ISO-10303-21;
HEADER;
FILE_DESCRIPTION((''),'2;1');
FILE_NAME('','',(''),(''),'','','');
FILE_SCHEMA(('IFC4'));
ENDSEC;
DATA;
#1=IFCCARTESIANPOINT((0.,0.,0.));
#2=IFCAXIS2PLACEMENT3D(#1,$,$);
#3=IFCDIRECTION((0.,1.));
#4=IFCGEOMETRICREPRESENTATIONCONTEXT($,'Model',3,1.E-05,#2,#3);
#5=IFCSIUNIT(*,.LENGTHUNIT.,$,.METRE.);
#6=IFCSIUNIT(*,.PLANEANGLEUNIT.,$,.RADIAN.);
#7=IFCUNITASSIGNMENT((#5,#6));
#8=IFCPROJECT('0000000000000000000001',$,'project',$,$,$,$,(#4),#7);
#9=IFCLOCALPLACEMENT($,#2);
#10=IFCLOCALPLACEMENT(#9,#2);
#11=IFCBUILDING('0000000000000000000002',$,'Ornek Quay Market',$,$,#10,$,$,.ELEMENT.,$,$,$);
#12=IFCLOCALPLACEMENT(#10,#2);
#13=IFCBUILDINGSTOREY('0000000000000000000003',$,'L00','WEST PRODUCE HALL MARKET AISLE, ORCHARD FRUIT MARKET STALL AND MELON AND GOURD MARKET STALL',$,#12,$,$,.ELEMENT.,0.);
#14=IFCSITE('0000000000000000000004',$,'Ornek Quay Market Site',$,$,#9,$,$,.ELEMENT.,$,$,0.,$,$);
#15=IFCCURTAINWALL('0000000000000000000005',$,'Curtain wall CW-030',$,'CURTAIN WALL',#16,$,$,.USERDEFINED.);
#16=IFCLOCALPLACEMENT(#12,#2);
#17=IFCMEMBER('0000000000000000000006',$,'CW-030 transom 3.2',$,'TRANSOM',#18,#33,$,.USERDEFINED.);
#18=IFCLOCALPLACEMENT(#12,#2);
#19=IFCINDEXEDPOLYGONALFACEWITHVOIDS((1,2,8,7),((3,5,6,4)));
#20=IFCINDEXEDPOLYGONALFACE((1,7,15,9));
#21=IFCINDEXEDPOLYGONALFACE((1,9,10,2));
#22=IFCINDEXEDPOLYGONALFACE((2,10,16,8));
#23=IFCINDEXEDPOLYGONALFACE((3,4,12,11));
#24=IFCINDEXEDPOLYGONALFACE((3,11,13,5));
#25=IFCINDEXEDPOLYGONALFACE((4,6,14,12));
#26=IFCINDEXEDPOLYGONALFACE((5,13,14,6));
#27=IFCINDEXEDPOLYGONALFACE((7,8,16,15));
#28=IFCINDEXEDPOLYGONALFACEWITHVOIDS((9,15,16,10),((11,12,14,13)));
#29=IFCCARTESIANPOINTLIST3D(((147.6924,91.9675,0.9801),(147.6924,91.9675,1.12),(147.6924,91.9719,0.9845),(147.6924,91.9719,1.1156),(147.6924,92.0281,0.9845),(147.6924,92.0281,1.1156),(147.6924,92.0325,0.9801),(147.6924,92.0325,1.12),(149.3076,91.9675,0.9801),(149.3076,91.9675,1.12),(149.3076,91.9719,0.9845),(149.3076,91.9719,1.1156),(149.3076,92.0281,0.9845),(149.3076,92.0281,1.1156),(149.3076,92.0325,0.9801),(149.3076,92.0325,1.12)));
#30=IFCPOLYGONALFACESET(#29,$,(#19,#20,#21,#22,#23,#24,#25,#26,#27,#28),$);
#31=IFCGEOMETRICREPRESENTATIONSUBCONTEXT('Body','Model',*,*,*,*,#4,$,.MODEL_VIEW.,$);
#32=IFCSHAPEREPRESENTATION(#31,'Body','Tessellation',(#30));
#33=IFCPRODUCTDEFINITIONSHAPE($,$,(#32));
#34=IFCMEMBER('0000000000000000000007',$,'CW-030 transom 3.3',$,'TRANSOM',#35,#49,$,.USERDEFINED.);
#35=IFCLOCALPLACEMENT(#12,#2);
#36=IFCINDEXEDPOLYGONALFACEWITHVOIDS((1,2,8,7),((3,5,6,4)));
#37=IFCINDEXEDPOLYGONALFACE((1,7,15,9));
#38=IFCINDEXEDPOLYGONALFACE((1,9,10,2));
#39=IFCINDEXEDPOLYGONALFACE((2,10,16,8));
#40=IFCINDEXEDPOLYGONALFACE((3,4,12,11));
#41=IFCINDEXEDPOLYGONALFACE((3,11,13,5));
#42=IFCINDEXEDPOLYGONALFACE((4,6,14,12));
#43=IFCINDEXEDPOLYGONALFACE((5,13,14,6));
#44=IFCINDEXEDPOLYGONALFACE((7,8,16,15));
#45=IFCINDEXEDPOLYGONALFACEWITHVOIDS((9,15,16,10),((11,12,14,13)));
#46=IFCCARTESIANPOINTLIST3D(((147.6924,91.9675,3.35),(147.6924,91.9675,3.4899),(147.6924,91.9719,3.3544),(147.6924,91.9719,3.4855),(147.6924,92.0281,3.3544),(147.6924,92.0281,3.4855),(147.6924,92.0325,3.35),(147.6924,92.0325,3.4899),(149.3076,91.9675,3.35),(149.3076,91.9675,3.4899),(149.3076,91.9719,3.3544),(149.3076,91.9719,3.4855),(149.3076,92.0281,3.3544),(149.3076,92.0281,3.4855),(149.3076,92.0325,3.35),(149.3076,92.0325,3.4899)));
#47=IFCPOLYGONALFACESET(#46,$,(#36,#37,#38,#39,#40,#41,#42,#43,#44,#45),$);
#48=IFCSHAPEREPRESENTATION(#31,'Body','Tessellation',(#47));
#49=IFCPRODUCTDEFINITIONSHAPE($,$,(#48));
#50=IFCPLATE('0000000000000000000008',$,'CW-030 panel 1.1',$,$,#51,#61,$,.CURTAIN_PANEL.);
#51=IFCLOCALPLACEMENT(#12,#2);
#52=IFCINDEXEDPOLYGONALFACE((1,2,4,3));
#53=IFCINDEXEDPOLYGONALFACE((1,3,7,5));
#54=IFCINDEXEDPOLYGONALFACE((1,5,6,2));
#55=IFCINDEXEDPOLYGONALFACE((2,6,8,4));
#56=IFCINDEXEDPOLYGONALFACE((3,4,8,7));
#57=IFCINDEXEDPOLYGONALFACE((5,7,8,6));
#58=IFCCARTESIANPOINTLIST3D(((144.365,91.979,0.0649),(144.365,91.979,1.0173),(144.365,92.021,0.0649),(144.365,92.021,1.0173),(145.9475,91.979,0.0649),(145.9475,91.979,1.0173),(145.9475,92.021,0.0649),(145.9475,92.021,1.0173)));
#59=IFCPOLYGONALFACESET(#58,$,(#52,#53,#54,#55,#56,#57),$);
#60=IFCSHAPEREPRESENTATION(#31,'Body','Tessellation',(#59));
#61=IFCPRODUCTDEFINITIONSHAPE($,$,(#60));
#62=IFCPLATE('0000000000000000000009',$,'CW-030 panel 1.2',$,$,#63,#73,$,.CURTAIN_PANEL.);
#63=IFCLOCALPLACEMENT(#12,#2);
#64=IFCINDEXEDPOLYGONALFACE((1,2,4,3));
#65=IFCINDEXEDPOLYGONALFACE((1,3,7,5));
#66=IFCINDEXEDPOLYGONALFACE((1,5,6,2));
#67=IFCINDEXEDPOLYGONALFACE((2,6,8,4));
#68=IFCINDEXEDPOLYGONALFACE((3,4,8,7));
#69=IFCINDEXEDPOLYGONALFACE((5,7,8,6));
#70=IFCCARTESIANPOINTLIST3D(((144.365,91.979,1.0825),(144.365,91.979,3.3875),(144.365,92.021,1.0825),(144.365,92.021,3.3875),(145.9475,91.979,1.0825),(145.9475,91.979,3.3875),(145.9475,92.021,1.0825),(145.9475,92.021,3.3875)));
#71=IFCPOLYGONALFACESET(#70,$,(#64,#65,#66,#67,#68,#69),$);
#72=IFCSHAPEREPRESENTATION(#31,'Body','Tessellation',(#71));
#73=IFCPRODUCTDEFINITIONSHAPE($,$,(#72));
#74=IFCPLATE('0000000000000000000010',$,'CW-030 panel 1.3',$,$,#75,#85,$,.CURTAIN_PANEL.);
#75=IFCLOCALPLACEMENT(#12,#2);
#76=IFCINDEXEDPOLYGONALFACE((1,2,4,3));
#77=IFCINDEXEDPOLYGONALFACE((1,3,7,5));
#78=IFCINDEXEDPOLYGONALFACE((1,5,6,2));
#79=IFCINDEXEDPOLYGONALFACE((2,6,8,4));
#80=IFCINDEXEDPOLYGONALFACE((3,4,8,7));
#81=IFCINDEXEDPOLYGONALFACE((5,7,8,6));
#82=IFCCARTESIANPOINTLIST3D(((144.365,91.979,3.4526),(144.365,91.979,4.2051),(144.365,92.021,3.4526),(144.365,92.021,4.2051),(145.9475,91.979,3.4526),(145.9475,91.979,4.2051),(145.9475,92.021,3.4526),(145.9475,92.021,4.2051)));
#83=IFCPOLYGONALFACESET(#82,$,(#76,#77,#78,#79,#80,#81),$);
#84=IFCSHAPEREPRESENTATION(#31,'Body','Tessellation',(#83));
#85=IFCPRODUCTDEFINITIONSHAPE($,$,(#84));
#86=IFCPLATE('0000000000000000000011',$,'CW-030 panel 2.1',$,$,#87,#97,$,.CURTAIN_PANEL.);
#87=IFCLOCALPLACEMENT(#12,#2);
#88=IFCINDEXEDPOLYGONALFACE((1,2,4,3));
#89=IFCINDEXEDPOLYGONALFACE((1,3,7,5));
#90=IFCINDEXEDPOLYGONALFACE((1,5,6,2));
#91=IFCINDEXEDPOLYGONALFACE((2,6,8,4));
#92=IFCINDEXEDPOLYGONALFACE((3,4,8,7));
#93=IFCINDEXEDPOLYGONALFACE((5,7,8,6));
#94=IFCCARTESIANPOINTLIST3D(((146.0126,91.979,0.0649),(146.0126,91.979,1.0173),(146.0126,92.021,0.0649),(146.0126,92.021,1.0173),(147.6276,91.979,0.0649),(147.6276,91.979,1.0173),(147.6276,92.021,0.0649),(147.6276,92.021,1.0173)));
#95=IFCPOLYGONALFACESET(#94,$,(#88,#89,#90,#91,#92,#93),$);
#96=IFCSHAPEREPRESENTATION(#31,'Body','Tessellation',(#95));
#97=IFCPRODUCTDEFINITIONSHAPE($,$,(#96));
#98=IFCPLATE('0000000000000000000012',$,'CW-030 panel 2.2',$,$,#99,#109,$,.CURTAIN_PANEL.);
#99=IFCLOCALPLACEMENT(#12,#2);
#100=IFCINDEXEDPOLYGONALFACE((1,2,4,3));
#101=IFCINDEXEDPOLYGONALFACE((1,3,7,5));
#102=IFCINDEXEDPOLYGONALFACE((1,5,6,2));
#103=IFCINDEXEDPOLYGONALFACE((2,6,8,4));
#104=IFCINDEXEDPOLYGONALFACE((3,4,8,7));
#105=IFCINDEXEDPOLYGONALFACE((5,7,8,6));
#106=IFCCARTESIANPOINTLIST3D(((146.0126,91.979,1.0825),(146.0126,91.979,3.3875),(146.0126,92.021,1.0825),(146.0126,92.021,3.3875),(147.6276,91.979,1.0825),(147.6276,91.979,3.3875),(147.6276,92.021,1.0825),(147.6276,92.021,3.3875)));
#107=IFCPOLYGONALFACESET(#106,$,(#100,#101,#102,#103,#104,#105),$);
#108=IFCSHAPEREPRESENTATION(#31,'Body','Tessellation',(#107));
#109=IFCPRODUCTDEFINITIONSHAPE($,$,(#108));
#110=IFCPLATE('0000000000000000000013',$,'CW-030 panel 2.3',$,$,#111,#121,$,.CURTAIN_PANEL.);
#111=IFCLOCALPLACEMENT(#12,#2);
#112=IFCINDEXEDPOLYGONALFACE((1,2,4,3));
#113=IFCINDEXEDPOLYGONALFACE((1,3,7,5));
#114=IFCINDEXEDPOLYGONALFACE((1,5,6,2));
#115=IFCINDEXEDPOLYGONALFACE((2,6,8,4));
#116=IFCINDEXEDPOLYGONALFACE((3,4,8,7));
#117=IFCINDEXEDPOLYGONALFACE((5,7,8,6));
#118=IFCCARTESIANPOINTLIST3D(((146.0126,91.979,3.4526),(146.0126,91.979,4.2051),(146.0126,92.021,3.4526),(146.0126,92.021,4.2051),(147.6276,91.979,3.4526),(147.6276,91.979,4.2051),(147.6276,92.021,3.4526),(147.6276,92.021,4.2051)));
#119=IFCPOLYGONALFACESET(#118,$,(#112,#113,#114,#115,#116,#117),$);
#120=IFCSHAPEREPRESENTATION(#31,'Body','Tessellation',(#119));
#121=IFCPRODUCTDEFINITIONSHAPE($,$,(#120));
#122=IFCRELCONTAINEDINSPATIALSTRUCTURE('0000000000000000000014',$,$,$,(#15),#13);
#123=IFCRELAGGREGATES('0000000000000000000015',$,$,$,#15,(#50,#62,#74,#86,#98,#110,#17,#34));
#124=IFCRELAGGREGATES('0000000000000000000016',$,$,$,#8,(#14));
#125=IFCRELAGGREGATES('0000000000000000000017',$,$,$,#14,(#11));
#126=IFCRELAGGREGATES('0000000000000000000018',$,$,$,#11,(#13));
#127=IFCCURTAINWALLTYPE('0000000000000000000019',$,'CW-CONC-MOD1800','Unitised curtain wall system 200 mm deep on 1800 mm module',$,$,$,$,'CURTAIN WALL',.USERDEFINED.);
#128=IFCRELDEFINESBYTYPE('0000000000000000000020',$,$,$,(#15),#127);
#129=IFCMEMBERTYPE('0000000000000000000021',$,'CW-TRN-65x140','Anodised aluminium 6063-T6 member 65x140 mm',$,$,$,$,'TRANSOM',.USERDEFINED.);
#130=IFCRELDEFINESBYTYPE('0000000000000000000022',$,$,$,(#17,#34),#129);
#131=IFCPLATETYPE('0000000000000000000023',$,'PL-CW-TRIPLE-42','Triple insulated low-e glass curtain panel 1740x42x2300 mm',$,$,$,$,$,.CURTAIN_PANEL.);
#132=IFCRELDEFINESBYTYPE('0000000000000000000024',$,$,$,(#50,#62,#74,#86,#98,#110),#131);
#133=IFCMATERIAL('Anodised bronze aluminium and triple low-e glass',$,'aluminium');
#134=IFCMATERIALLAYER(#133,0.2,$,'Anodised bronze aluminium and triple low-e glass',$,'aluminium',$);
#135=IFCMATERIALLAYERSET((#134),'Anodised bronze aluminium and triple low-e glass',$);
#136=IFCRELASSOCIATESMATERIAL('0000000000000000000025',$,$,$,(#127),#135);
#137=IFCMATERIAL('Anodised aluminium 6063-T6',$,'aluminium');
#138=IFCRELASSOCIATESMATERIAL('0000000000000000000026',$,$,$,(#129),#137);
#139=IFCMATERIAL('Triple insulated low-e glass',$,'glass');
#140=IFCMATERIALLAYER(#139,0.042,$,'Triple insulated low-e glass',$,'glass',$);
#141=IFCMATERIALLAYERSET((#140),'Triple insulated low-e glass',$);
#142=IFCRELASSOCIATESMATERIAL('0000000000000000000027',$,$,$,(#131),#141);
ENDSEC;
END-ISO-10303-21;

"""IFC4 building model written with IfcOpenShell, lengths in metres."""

from ifc_helpers import new_model, si_unit, direction, frame, origin, origin_2d, place, context, subcontext, project, spatial, rectangle, hollow_rectangle, extrude, material, layer, layer_set, material_profile, profile_set, type_object, element, aggregate, save


model = new_model("IFC4")

# Units and contexts
model_context = context("Model", 3, precision=1e-05, world=origin(), true_north=direction((0.0, 1.0)))
body_context = subcontext(model_context, "Body", "Model", "MODEL_VIEW")
ifc_project = project(units=[si_unit("LENGTHUNIT", "METRE"), si_unit("PLANEANGLEUNIT", "RADIAN")], contexts=[model_context])

# Site, building, storey
site_placement = place(None, origin())
site = spatial("IfcSite", under=ifc_project, at=site_placement, Name="Ornek Quay Market Site", CompositionType="ELEMENT", RefElevation=0.0)
building_placement = place(site_placement, origin())
building = spatial("IfcBuilding", under=site, at=building_placement, Name="Ornek Quay Market", CompositionType="ELEMENT")
storey_placement = place(building_placement, origin())
storey = spatial("IfcBuildingStorey", under=building, at=storey_placement, Name="L00", Description="WEST PRODUCE HALL MARKET AISLE, ORCHARD FRUIT MARKET STALL AND MELON AND GOURD MARKET STALL", CompositionType="ELEMENT", Elevation=0.0)

# Curtain wall, members, plates
ifc_material_1 = material(Name="Anodised bronze aluminium and triple low-e glass", Category="aluminium")
ifc_layer_1 = layer(ifc_material_1, 0.2, Name="Anodised bronze aluminium and triple low-e glass", Category="aluminium")
ifc_layer_set_1 = layer_set([ifc_layer_1], Name="Anodised bronze aluminium and triple low-e glass")
curtain_wall_type = type_object("IfcCurtainWallType", Name="CW-CONC-MOD1800", Description="Unitised curtain wall system 200 mm deep on 1800 mm module", ElementType="CURTAIN WALL", PredefinedType="USERDEFINED", material=ifc_layer_set_1)
curtain_wall_placement = place(storey_placement, origin())
curtain_wall = element("IfcCurtainWall", 1, at=curtain_wall_placement, inside=storey, type_object=curtain_wall_type, Name="Curtain wall CW-030", ObjectType="CURTAIN WALL", PredefinedType="USERDEFINED")
ifc_material_2 = material(Name="Anodised aluminium 6063-T6", Category="aluminium")
ifc_material_profile_1 = material_profile(ifc_material_2, hollow_rectangle(XDim=0.0649, YDim=0.1399, WallThickness=0.0044, at=origin_2d()), Name="CW-TRN-65x140", Category="aluminium")
ifc_profile_set_1 = profile_set([ifc_material_profile_1], Name="Anodised aluminium 6063-T6")
member_type_1 = type_object("IfcMemberType", Name="CW-TRN-65x140", Description="Anodised aluminium 6063-T6 member 65x140 mm", ElementType="TRANSOM", PredefinedType="USERDEFINED", material=ifc_profile_set_1)
member_1_placement = place(storey_placement, frame((147.6924, 92.0, 1.05), z_axis=(1.0, 0.0, 0.0), x_axis=(0.0, 1.0, 0.0)))
member_1 = element("IfcMember", 2, at=member_1_placement, type_object=member_type_1, Name="CW-030 transom 3.2", ObjectType="TRANSOM", PredefinedType="USERDEFINED", context=body_context, shape_type="SweptSolid", body=[
    extrude(hollow_rectangle(XDim=0.0649, YDim=0.1399, WallThickness=0.0044, at=origin_2d()), origin(), (0.0, 0.0, 1.0), 1.6152),
])
member_2_placement = place(storey_placement, frame((147.6924, 92.0, 3.4199), z_axis=(1.0, 0.0, 0.0), x_axis=(0.0, 1.0, 0.0)))
member_2 = element("IfcMember", 3, at=member_2_placement, type_object=member_type_1, Name="CW-030 transom 3.3", ObjectType="TRANSOM", PredefinedType="USERDEFINED", context=body_context, shape_type="SweptSolid", body=[
    extrude(hollow_rectangle(XDim=0.0649, YDim=0.1399, WallThickness=0.0044, at=origin_2d()), origin(), (0.0, 0.0, 1.0), 1.6152),
])
ifc_material_3 = material(Name="Triple insulated low-e glass", Category="glass")
ifc_layer_2 = layer(ifc_material_3, 0.042, Name="Triple insulated low-e glass", Category="glass")
ifc_layer_set_2 = layer_set([ifc_layer_2], Name="Triple insulated low-e glass")
plate_type = type_object("IfcPlateType", Name="PL-CW-TRIPLE-42", Description="Triple insulated low-e glass curtain panel 1740x42x2300 mm", PredefinedType="CURTAIN_PANEL", material=ifc_layer_set_2)
plate_1_placement = place(storey_placement, frame((145.1562, 92.0, 0.0649), z_axis=(0.0, 0.0, 1.0), x_axis=(1.0, 0.0, 0.0)))
plate_1 = element("IfcPlate", 4, at=plate_1_placement, type_object=plate_type, Name="CW-030 panel 1.1", PredefinedType="CURTAIN_PANEL", context=body_context, shape_type="SweptSolid", body=[
    extrude(rectangle(XDim=1.5825, YDim=0.042, at=origin_2d()), origin(), (0.0, 0.0, 1.0), 0.9524),
])
plate_2_placement = place(storey_placement, frame((145.1562, 92.0, 1.0825), z_axis=(0.0, 0.0, 1.0), x_axis=(1.0, 0.0, 0.0)))
plate_2 = element("IfcPlate", 5, at=plate_2_placement, type_object=plate_type, Name="CW-030 panel 1.2", PredefinedType="CURTAIN_PANEL", context=body_context, shape_type="SweptSolid", body=[
    extrude(rectangle(XDim=1.5825, YDim=0.042, at=origin_2d()), origin(), (0.0, 0.0, 1.0), 2.3049),
])
plate_3_placement = place(storey_placement, frame((145.1562, 92.0, 3.4526), z_axis=(0.0, 0.0, 1.0), x_axis=(1.0, 0.0, 0.0)))
plate_3 = element("IfcPlate", 6, at=plate_3_placement, type_object=plate_type, Name="CW-030 panel 1.3", PredefinedType="CURTAIN_PANEL", context=body_context, shape_type="SweptSolid", body=[
    extrude(rectangle(XDim=1.5825, YDim=0.042, at=origin_2d()), origin(), (0.0, 0.0, 1.0), 0.7524),
])
plate_4_placement = place(storey_placement, frame((146.8201, 92.0, 0.0649), z_axis=(0.0, 0.0, 1.0), x_axis=(1.0, 0.0, 0.0)))
plate_4 = element("IfcPlate", 7, at=plate_4_placement, type_object=plate_type, Name="CW-030 panel 2.1", PredefinedType="CURTAIN_PANEL", context=body_context, shape_type="SweptSolid", body=[
    extrude(rectangle(XDim=1.615, YDim=0.042, at=origin_2d()), origin(), (0.0, 0.0, 1.0), 0.9524),
])
plate_5_placement = place(storey_placement, frame((146.8201, 92.0, 1.0825), z_axis=(0.0, 0.0, 1.0), x_axis=(1.0, 0.0, 0.0)))
plate_5 = element("IfcPlate", 8, at=plate_5_placement, type_object=plate_type, Name="CW-030 panel 2.2", PredefinedType="CURTAIN_PANEL", context=body_context, shape_type="SweptSolid", body=[
    extrude(rectangle(XDim=1.615, YDim=0.042, at=origin_2d()), origin(), (0.0, 0.0, 1.0), 2.3049),
])
plate_6_placement = place(storey_placement, frame((146.8201, 92.0, 3.4526), z_axis=(0.0, 0.0, 1.0), x_axis=(1.0, 0.0, 0.0)))
plate_6 = element("IfcPlate", 9, at=plate_6_placement, type_object=plate_type, Name="CW-030 panel 2.3", PredefinedType="CURTAIN_PANEL", context=body_context, shape_type="SweptSolid", body=[
    extrude(rectangle(XDim=1.615, YDim=0.042, at=origin_2d()), origin(), (0.0, 0.0, 1.0), 0.7524),
])
aggregate(curtain_wall, [plate_1, plate_2, plate_3, plate_4, plate_5, plate_6, member_1, member_2])

save(model, "model.ifc")
